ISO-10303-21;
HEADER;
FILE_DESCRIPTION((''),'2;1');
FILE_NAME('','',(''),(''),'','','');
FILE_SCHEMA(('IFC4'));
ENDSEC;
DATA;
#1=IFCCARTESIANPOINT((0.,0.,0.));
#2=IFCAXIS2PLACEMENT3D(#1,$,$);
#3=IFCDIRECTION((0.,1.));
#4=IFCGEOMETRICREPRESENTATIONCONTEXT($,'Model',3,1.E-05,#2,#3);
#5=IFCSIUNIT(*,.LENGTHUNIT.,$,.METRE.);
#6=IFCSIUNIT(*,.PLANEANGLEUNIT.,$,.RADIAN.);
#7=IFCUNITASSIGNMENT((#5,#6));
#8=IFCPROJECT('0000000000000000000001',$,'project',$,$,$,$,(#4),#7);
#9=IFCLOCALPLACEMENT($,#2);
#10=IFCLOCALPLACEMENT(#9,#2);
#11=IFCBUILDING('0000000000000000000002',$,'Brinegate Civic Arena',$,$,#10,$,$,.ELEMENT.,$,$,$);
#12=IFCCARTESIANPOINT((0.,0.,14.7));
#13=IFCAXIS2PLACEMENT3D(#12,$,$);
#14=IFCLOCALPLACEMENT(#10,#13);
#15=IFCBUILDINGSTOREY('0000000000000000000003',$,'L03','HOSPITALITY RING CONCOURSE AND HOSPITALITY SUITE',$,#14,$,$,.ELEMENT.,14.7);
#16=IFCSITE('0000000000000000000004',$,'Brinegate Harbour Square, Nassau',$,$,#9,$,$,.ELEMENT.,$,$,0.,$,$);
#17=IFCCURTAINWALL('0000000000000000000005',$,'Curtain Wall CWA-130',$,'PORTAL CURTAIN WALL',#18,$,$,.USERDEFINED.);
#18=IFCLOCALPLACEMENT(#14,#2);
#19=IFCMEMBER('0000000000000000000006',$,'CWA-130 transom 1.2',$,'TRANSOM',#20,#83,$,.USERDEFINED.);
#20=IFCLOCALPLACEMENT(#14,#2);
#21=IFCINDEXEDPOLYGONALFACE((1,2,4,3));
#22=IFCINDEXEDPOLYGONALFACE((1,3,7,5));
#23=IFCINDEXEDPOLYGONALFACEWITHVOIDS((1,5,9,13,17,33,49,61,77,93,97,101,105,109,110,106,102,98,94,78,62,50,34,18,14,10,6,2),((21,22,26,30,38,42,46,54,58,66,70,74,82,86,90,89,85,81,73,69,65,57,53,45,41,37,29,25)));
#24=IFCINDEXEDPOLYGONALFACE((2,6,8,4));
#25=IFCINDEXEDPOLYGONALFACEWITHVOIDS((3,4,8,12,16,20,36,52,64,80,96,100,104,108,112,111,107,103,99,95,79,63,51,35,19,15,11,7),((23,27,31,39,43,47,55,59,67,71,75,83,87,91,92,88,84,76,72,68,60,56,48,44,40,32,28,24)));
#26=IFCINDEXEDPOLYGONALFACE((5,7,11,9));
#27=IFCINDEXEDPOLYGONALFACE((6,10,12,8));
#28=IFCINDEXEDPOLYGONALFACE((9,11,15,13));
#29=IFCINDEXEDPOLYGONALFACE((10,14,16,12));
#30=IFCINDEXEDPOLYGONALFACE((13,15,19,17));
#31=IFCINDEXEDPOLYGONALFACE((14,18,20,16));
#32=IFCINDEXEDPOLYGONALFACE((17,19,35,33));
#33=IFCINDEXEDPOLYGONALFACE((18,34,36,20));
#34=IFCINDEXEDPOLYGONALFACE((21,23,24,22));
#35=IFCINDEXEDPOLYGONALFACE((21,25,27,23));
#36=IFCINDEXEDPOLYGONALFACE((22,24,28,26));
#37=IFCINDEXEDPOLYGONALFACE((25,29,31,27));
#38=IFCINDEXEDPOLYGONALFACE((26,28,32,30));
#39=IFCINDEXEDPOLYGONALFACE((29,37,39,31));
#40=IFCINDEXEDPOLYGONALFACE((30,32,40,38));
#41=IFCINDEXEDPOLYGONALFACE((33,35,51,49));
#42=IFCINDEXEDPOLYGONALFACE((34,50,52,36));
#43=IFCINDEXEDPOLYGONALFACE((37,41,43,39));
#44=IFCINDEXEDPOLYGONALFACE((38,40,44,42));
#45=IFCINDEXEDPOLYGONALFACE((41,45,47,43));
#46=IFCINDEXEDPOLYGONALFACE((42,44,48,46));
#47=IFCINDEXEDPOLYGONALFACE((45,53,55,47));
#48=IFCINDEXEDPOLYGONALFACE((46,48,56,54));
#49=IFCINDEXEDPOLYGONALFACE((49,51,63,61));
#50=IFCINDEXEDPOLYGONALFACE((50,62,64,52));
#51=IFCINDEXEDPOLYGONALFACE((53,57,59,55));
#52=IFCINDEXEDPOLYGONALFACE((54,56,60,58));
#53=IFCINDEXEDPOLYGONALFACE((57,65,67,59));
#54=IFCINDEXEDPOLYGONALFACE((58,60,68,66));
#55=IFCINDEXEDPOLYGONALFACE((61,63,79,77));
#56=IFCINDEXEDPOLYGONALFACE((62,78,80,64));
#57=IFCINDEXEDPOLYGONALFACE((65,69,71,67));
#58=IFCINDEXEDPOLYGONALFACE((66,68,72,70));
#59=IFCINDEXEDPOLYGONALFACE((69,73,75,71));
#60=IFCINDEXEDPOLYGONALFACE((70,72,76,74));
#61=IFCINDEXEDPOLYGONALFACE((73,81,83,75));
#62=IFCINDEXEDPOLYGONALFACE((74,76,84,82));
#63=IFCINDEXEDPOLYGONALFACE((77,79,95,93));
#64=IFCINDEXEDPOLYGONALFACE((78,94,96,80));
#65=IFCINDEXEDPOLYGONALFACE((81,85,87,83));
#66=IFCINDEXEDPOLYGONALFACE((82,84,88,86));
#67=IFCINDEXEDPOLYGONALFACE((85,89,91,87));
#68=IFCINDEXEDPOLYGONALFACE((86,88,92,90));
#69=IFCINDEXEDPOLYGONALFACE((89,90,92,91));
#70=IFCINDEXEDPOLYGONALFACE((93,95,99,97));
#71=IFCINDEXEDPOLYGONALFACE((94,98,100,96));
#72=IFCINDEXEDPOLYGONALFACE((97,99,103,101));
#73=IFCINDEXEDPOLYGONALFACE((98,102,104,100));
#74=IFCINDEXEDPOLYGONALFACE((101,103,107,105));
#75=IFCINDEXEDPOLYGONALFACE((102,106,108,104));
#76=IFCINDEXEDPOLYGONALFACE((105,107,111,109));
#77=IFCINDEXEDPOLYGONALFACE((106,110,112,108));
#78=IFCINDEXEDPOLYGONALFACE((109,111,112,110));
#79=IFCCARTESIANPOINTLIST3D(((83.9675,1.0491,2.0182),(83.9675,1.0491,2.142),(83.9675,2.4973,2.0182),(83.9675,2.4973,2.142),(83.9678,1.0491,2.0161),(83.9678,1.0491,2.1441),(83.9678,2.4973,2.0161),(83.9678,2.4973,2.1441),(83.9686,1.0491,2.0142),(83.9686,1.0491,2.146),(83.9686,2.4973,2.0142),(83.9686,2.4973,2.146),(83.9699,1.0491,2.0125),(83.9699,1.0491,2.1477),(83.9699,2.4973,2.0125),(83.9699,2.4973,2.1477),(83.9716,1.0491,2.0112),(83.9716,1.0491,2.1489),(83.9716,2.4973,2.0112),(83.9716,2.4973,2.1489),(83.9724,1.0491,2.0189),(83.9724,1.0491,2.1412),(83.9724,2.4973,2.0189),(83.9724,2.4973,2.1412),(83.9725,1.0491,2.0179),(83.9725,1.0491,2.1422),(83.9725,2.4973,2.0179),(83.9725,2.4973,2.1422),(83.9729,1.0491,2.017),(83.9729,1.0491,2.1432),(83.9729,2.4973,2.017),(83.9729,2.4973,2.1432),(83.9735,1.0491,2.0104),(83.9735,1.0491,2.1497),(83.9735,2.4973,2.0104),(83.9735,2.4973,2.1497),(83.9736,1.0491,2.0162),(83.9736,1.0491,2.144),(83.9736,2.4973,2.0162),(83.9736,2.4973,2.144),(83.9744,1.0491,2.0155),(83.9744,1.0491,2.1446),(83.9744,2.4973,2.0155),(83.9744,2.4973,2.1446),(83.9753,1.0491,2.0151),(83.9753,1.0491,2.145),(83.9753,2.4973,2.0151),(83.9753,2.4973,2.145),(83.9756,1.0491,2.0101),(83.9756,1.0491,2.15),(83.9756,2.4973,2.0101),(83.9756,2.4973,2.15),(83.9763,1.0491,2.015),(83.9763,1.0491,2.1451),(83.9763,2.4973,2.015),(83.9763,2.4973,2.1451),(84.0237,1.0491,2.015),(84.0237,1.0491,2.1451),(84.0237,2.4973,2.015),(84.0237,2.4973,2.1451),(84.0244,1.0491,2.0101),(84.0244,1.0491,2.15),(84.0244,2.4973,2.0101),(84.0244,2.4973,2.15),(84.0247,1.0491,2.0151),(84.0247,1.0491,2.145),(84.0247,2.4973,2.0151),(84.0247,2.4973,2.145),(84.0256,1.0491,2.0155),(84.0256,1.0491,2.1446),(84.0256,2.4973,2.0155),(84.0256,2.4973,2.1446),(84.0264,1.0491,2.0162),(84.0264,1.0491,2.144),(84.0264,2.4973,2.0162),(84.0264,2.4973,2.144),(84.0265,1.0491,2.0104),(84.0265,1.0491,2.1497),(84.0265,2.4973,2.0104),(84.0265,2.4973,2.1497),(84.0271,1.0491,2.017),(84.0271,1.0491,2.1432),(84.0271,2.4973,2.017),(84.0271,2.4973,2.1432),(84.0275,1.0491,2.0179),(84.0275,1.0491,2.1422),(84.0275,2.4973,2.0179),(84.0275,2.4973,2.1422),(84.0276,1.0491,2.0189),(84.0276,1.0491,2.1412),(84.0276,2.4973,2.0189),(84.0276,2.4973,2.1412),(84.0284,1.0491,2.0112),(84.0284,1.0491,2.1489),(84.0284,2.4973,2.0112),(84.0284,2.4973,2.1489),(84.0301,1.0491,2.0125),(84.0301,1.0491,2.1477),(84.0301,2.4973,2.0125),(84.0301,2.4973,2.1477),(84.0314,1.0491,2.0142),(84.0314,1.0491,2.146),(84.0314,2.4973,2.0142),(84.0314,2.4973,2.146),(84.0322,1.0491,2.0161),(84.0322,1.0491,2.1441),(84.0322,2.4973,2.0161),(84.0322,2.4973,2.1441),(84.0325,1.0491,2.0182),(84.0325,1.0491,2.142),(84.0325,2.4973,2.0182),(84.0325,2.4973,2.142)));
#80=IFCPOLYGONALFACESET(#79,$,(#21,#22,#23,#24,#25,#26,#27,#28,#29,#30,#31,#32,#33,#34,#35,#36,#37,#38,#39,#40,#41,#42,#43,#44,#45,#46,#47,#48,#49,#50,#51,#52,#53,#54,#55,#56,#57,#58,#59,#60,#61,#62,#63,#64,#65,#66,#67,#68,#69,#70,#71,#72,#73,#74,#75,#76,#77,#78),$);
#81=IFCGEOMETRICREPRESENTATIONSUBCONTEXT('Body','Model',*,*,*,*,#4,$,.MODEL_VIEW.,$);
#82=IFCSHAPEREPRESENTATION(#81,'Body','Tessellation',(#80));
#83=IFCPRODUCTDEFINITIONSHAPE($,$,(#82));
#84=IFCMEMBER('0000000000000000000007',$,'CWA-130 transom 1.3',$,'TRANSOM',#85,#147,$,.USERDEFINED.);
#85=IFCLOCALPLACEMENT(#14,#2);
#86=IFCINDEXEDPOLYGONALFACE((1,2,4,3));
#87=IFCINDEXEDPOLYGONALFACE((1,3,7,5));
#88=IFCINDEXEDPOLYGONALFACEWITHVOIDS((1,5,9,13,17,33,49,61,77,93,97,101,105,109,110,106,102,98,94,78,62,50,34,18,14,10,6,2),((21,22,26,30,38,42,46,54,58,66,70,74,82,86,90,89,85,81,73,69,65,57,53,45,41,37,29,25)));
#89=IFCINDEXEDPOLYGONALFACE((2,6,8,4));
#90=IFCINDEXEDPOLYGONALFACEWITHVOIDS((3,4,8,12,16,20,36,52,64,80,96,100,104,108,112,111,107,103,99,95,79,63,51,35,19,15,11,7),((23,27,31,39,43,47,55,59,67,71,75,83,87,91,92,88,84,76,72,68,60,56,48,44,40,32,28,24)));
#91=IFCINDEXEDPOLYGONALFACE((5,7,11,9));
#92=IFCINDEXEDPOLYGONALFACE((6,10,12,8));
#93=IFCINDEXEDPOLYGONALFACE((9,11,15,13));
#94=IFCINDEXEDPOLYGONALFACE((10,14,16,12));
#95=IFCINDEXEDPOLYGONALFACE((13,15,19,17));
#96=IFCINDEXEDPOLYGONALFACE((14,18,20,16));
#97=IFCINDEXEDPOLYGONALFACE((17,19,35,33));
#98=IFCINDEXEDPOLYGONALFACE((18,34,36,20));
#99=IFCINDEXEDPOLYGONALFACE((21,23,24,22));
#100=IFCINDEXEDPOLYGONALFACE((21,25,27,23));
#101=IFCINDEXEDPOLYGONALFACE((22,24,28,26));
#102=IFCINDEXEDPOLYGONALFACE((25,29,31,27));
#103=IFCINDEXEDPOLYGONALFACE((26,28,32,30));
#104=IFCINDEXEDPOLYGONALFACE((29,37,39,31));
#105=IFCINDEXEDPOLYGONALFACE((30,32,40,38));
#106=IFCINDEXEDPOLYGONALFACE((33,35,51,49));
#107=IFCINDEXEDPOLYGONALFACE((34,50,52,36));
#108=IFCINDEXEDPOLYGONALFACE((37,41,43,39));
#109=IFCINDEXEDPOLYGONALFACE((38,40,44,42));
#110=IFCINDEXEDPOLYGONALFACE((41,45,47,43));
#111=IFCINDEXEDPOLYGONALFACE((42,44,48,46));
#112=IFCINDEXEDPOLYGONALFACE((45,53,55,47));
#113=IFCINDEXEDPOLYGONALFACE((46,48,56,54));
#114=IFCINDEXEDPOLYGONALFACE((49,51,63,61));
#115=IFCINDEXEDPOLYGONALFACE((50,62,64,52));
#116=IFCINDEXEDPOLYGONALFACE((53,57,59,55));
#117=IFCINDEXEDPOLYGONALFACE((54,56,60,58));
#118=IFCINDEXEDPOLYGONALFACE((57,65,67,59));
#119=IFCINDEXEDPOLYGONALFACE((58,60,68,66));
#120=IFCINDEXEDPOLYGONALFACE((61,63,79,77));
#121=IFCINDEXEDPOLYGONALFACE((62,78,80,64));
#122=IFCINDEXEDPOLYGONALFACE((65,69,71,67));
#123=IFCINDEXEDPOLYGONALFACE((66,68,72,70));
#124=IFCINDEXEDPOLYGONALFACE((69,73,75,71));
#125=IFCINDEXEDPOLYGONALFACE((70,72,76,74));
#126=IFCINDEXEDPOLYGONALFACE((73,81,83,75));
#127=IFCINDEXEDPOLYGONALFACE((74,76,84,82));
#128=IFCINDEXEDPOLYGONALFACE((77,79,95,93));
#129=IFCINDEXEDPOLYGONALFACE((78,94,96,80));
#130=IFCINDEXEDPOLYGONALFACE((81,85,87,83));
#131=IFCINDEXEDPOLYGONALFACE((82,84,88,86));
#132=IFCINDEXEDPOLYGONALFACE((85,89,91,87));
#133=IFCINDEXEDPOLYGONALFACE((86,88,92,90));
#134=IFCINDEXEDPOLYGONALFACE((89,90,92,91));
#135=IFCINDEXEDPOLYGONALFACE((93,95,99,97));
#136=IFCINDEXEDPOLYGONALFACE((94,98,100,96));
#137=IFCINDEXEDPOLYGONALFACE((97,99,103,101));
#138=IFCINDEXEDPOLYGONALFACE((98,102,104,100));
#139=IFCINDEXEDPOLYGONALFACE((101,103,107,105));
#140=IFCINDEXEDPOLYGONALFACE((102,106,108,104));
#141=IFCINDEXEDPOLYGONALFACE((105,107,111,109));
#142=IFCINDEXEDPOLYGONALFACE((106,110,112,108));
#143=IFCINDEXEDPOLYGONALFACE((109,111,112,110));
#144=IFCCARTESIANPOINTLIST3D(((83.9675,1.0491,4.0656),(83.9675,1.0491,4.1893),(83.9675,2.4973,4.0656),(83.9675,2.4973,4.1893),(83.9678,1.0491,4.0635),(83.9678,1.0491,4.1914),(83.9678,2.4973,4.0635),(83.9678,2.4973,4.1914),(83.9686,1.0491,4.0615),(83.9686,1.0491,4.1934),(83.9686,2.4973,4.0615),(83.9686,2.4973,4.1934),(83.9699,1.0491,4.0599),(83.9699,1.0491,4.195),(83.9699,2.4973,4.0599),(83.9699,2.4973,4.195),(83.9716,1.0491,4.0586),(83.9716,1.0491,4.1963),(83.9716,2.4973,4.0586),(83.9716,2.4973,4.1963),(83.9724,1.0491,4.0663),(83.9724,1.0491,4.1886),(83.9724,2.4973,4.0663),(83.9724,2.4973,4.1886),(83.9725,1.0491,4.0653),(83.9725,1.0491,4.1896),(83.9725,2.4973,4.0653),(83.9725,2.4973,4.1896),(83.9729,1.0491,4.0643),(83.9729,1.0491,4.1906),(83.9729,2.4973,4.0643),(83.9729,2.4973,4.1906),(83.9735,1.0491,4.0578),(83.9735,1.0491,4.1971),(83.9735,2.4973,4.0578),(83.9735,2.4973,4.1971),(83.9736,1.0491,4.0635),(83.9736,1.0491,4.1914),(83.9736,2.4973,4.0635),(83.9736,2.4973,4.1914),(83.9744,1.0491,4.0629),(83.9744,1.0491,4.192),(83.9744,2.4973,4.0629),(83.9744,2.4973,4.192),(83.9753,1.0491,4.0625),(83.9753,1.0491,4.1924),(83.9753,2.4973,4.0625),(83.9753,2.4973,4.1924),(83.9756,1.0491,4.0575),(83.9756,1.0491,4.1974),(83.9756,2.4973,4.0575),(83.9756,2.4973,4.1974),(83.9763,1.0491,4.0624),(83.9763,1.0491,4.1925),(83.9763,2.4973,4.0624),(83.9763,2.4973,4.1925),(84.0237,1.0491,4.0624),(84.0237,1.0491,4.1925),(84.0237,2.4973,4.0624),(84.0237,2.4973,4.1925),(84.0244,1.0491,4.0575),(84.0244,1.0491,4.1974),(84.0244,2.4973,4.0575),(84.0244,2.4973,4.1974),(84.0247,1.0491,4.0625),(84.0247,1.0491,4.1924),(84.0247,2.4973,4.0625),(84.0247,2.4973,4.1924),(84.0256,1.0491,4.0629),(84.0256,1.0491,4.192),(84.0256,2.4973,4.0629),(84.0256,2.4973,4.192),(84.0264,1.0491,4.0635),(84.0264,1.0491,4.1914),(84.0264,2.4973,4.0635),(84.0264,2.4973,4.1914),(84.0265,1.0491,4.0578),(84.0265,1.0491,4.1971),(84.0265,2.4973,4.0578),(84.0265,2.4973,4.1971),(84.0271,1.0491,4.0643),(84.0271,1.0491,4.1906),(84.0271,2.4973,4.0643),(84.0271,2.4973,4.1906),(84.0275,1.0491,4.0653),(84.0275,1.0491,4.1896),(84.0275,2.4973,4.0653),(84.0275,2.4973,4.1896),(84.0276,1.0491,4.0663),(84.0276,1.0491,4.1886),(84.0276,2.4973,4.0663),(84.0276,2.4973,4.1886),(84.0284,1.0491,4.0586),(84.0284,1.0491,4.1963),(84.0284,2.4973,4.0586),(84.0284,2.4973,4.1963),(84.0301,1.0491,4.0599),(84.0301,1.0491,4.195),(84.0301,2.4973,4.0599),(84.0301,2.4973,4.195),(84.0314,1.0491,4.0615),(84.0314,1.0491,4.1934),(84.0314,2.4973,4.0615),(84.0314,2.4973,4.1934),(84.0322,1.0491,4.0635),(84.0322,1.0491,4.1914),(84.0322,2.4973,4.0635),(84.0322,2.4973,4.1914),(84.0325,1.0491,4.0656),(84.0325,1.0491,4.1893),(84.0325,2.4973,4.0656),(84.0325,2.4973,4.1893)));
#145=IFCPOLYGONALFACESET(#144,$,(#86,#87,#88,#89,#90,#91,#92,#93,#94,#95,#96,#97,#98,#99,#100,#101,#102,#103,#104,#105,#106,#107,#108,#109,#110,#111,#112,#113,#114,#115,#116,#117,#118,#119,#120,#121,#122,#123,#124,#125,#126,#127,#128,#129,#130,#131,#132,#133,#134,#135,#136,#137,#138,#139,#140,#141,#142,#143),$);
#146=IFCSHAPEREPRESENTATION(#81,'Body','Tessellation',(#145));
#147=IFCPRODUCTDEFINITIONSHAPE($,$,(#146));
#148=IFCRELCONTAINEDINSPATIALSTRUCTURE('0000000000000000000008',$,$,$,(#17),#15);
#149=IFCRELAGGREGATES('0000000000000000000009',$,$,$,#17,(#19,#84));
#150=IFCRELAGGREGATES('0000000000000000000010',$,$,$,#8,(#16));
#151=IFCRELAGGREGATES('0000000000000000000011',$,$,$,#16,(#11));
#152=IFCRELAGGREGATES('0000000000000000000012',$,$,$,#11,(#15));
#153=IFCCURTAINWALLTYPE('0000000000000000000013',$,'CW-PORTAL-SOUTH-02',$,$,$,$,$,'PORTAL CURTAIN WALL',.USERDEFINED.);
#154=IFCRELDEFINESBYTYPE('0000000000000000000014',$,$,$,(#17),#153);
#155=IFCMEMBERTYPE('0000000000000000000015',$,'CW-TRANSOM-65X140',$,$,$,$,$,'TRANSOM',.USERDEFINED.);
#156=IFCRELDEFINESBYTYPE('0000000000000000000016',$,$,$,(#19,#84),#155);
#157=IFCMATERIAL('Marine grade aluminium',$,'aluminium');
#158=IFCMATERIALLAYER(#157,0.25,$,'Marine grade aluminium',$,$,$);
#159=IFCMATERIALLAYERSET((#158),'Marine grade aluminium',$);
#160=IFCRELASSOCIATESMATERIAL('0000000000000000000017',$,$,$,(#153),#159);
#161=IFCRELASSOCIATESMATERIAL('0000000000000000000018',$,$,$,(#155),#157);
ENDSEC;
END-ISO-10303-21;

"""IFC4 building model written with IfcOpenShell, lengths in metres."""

from ifc_helpers import new_model, si_unit, direction, frame, origin, origin_2d, place, context, subcontext, project, spatial, hollow_rectangle, extrude, material, layer, layer_set, material_profile, profile_set, type_object, element, aggregate, save


model = new_model("IFC4")

# Units and contexts
model_context = context("Model", 3, precision=1e-05, world=origin(), true_north=direction((0.0, 1.0)))
body_context = subcontext(model_context, "Body", "Model", "MODEL_VIEW")
ifc_project = project(units=[si_unit("LENGTHUNIT", "METRE"), si_unit("PLANEANGLEUNIT", "RADIAN")], contexts=[model_context])

# Site, building, storey
site_placement = place(None, origin())
site = spatial("IfcSite", under=ifc_project, at=site_placement, Name="Brinegate Harbour Square, Nassau", CompositionType="ELEMENT", RefElevation=0.0)
building_placement = place(site_placement, origin())
building = spatial("IfcBuilding", under=site, at=building_placement, Name="Brinegate Civic Arena", CompositionType="ELEMENT")
storey_placement = place(building_placement, frame((0.0, 0.0, 14.7)))
storey = spatial("IfcBuildingStorey", under=building, at=storey_placement, Name="L03", Description="HOSPITALITY RING CONCOURSE AND HOSPITALITY SUITE", CompositionType="ELEMENT", Elevation=14.7)

# Shared definitions
ifc_material_1 = material(Name="Marine grade aluminium", Category="aluminium")
ifc_layer_1 = layer(ifc_material_1, 0.25, Name="Marine grade aluminium")
ifc_layer_set_1 = layer_set([ifc_layer_1], Name="Marine grade aluminium")
curtain_wall_type = type_object("IfcCurtainWallType", Name="CW-PORTAL-SOUTH-02", ElementType="PORTAL CURTAIN WALL", PredefinedType="USERDEFINED", material=ifc_layer_set_1)

# Curtain wall
curtain_wall_1_placement = place(storey_placement, origin())
curtain_wall_1 = element("IfcCurtainWall", 1, at=curtain_wall_1_placement, inside=storey, type_object=curtain_wall_type, Name="Curtain Wall CWA-130", ObjectType="PORTAL CURTAIN WALL", PredefinedType="USERDEFINED")

# Members
ifc_material_profile_1 = material_profile(ifc_material_1, hollow_rectangle(XDim=0.0649, YDim=0.1399, WallThickness=0.0049, InnerFilletRadius=0.0039, OuterFilletRadius=0.0081, at=origin_2d()), Name="TRN65X140")
ifc_profile_set_1 = profile_set([ifc_material_profile_1], Name="Marine grade aluminium")
member_type_1 = type_object("IfcMemberType", Name="CW-TRANSOM-65X140", ElementType="TRANSOM", PredefinedType="USERDEFINED", material=ifc_profile_set_1)
member_1_placement = place(storey_placement, frame((84.0, 1.0491, 2.0801), z_axis=(0.0, 1.0, 0.0), x_axis=(-1.0, 0.0, 0.0)))
member_1 = element("IfcMember", 2, at=member_1_placement, type_object=member_type_1, Name="CWA-130 transom 1.2", ObjectType="TRANSOM", PredefinedType="USERDEFINED", context=body_context, shape_type="SweptSolid", body=[
    extrude(hollow_rectangle(XDim=0.0649, YDim=0.1399, WallThickness=0.0049, InnerFilletRadius=0.0039, OuterFilletRadius=0.0081, at=origin_2d()), origin(), (0.0, 0.0, 1.0), 1.4482),
])
member_2_placement = place(storey_placement, frame((84.0, 1.0491, 4.1274), z_axis=(0.0, 1.0, 0.0), x_axis=(-1.0, 0.0, 0.0)))
member_2 = element("IfcMember", 3, at=member_2_placement, type_object=member_type_1, Name="CWA-130 transom 1.3", ObjectType="TRANSOM", PredefinedType="USERDEFINED", context=body_context, shape_type="SweptSolid", body=[
    extrude(hollow_rectangle(XDim=0.0649, YDim=0.1399, WallThickness=0.0049, InnerFilletRadius=0.0039, OuterFilletRadius=0.0081, at=origin_2d()), origin(), (0.0, 0.0, 1.0), 1.4482),
])

aggregate(curtain_wall_1, [member_1, member_2])

save(model, "model.ifc")
